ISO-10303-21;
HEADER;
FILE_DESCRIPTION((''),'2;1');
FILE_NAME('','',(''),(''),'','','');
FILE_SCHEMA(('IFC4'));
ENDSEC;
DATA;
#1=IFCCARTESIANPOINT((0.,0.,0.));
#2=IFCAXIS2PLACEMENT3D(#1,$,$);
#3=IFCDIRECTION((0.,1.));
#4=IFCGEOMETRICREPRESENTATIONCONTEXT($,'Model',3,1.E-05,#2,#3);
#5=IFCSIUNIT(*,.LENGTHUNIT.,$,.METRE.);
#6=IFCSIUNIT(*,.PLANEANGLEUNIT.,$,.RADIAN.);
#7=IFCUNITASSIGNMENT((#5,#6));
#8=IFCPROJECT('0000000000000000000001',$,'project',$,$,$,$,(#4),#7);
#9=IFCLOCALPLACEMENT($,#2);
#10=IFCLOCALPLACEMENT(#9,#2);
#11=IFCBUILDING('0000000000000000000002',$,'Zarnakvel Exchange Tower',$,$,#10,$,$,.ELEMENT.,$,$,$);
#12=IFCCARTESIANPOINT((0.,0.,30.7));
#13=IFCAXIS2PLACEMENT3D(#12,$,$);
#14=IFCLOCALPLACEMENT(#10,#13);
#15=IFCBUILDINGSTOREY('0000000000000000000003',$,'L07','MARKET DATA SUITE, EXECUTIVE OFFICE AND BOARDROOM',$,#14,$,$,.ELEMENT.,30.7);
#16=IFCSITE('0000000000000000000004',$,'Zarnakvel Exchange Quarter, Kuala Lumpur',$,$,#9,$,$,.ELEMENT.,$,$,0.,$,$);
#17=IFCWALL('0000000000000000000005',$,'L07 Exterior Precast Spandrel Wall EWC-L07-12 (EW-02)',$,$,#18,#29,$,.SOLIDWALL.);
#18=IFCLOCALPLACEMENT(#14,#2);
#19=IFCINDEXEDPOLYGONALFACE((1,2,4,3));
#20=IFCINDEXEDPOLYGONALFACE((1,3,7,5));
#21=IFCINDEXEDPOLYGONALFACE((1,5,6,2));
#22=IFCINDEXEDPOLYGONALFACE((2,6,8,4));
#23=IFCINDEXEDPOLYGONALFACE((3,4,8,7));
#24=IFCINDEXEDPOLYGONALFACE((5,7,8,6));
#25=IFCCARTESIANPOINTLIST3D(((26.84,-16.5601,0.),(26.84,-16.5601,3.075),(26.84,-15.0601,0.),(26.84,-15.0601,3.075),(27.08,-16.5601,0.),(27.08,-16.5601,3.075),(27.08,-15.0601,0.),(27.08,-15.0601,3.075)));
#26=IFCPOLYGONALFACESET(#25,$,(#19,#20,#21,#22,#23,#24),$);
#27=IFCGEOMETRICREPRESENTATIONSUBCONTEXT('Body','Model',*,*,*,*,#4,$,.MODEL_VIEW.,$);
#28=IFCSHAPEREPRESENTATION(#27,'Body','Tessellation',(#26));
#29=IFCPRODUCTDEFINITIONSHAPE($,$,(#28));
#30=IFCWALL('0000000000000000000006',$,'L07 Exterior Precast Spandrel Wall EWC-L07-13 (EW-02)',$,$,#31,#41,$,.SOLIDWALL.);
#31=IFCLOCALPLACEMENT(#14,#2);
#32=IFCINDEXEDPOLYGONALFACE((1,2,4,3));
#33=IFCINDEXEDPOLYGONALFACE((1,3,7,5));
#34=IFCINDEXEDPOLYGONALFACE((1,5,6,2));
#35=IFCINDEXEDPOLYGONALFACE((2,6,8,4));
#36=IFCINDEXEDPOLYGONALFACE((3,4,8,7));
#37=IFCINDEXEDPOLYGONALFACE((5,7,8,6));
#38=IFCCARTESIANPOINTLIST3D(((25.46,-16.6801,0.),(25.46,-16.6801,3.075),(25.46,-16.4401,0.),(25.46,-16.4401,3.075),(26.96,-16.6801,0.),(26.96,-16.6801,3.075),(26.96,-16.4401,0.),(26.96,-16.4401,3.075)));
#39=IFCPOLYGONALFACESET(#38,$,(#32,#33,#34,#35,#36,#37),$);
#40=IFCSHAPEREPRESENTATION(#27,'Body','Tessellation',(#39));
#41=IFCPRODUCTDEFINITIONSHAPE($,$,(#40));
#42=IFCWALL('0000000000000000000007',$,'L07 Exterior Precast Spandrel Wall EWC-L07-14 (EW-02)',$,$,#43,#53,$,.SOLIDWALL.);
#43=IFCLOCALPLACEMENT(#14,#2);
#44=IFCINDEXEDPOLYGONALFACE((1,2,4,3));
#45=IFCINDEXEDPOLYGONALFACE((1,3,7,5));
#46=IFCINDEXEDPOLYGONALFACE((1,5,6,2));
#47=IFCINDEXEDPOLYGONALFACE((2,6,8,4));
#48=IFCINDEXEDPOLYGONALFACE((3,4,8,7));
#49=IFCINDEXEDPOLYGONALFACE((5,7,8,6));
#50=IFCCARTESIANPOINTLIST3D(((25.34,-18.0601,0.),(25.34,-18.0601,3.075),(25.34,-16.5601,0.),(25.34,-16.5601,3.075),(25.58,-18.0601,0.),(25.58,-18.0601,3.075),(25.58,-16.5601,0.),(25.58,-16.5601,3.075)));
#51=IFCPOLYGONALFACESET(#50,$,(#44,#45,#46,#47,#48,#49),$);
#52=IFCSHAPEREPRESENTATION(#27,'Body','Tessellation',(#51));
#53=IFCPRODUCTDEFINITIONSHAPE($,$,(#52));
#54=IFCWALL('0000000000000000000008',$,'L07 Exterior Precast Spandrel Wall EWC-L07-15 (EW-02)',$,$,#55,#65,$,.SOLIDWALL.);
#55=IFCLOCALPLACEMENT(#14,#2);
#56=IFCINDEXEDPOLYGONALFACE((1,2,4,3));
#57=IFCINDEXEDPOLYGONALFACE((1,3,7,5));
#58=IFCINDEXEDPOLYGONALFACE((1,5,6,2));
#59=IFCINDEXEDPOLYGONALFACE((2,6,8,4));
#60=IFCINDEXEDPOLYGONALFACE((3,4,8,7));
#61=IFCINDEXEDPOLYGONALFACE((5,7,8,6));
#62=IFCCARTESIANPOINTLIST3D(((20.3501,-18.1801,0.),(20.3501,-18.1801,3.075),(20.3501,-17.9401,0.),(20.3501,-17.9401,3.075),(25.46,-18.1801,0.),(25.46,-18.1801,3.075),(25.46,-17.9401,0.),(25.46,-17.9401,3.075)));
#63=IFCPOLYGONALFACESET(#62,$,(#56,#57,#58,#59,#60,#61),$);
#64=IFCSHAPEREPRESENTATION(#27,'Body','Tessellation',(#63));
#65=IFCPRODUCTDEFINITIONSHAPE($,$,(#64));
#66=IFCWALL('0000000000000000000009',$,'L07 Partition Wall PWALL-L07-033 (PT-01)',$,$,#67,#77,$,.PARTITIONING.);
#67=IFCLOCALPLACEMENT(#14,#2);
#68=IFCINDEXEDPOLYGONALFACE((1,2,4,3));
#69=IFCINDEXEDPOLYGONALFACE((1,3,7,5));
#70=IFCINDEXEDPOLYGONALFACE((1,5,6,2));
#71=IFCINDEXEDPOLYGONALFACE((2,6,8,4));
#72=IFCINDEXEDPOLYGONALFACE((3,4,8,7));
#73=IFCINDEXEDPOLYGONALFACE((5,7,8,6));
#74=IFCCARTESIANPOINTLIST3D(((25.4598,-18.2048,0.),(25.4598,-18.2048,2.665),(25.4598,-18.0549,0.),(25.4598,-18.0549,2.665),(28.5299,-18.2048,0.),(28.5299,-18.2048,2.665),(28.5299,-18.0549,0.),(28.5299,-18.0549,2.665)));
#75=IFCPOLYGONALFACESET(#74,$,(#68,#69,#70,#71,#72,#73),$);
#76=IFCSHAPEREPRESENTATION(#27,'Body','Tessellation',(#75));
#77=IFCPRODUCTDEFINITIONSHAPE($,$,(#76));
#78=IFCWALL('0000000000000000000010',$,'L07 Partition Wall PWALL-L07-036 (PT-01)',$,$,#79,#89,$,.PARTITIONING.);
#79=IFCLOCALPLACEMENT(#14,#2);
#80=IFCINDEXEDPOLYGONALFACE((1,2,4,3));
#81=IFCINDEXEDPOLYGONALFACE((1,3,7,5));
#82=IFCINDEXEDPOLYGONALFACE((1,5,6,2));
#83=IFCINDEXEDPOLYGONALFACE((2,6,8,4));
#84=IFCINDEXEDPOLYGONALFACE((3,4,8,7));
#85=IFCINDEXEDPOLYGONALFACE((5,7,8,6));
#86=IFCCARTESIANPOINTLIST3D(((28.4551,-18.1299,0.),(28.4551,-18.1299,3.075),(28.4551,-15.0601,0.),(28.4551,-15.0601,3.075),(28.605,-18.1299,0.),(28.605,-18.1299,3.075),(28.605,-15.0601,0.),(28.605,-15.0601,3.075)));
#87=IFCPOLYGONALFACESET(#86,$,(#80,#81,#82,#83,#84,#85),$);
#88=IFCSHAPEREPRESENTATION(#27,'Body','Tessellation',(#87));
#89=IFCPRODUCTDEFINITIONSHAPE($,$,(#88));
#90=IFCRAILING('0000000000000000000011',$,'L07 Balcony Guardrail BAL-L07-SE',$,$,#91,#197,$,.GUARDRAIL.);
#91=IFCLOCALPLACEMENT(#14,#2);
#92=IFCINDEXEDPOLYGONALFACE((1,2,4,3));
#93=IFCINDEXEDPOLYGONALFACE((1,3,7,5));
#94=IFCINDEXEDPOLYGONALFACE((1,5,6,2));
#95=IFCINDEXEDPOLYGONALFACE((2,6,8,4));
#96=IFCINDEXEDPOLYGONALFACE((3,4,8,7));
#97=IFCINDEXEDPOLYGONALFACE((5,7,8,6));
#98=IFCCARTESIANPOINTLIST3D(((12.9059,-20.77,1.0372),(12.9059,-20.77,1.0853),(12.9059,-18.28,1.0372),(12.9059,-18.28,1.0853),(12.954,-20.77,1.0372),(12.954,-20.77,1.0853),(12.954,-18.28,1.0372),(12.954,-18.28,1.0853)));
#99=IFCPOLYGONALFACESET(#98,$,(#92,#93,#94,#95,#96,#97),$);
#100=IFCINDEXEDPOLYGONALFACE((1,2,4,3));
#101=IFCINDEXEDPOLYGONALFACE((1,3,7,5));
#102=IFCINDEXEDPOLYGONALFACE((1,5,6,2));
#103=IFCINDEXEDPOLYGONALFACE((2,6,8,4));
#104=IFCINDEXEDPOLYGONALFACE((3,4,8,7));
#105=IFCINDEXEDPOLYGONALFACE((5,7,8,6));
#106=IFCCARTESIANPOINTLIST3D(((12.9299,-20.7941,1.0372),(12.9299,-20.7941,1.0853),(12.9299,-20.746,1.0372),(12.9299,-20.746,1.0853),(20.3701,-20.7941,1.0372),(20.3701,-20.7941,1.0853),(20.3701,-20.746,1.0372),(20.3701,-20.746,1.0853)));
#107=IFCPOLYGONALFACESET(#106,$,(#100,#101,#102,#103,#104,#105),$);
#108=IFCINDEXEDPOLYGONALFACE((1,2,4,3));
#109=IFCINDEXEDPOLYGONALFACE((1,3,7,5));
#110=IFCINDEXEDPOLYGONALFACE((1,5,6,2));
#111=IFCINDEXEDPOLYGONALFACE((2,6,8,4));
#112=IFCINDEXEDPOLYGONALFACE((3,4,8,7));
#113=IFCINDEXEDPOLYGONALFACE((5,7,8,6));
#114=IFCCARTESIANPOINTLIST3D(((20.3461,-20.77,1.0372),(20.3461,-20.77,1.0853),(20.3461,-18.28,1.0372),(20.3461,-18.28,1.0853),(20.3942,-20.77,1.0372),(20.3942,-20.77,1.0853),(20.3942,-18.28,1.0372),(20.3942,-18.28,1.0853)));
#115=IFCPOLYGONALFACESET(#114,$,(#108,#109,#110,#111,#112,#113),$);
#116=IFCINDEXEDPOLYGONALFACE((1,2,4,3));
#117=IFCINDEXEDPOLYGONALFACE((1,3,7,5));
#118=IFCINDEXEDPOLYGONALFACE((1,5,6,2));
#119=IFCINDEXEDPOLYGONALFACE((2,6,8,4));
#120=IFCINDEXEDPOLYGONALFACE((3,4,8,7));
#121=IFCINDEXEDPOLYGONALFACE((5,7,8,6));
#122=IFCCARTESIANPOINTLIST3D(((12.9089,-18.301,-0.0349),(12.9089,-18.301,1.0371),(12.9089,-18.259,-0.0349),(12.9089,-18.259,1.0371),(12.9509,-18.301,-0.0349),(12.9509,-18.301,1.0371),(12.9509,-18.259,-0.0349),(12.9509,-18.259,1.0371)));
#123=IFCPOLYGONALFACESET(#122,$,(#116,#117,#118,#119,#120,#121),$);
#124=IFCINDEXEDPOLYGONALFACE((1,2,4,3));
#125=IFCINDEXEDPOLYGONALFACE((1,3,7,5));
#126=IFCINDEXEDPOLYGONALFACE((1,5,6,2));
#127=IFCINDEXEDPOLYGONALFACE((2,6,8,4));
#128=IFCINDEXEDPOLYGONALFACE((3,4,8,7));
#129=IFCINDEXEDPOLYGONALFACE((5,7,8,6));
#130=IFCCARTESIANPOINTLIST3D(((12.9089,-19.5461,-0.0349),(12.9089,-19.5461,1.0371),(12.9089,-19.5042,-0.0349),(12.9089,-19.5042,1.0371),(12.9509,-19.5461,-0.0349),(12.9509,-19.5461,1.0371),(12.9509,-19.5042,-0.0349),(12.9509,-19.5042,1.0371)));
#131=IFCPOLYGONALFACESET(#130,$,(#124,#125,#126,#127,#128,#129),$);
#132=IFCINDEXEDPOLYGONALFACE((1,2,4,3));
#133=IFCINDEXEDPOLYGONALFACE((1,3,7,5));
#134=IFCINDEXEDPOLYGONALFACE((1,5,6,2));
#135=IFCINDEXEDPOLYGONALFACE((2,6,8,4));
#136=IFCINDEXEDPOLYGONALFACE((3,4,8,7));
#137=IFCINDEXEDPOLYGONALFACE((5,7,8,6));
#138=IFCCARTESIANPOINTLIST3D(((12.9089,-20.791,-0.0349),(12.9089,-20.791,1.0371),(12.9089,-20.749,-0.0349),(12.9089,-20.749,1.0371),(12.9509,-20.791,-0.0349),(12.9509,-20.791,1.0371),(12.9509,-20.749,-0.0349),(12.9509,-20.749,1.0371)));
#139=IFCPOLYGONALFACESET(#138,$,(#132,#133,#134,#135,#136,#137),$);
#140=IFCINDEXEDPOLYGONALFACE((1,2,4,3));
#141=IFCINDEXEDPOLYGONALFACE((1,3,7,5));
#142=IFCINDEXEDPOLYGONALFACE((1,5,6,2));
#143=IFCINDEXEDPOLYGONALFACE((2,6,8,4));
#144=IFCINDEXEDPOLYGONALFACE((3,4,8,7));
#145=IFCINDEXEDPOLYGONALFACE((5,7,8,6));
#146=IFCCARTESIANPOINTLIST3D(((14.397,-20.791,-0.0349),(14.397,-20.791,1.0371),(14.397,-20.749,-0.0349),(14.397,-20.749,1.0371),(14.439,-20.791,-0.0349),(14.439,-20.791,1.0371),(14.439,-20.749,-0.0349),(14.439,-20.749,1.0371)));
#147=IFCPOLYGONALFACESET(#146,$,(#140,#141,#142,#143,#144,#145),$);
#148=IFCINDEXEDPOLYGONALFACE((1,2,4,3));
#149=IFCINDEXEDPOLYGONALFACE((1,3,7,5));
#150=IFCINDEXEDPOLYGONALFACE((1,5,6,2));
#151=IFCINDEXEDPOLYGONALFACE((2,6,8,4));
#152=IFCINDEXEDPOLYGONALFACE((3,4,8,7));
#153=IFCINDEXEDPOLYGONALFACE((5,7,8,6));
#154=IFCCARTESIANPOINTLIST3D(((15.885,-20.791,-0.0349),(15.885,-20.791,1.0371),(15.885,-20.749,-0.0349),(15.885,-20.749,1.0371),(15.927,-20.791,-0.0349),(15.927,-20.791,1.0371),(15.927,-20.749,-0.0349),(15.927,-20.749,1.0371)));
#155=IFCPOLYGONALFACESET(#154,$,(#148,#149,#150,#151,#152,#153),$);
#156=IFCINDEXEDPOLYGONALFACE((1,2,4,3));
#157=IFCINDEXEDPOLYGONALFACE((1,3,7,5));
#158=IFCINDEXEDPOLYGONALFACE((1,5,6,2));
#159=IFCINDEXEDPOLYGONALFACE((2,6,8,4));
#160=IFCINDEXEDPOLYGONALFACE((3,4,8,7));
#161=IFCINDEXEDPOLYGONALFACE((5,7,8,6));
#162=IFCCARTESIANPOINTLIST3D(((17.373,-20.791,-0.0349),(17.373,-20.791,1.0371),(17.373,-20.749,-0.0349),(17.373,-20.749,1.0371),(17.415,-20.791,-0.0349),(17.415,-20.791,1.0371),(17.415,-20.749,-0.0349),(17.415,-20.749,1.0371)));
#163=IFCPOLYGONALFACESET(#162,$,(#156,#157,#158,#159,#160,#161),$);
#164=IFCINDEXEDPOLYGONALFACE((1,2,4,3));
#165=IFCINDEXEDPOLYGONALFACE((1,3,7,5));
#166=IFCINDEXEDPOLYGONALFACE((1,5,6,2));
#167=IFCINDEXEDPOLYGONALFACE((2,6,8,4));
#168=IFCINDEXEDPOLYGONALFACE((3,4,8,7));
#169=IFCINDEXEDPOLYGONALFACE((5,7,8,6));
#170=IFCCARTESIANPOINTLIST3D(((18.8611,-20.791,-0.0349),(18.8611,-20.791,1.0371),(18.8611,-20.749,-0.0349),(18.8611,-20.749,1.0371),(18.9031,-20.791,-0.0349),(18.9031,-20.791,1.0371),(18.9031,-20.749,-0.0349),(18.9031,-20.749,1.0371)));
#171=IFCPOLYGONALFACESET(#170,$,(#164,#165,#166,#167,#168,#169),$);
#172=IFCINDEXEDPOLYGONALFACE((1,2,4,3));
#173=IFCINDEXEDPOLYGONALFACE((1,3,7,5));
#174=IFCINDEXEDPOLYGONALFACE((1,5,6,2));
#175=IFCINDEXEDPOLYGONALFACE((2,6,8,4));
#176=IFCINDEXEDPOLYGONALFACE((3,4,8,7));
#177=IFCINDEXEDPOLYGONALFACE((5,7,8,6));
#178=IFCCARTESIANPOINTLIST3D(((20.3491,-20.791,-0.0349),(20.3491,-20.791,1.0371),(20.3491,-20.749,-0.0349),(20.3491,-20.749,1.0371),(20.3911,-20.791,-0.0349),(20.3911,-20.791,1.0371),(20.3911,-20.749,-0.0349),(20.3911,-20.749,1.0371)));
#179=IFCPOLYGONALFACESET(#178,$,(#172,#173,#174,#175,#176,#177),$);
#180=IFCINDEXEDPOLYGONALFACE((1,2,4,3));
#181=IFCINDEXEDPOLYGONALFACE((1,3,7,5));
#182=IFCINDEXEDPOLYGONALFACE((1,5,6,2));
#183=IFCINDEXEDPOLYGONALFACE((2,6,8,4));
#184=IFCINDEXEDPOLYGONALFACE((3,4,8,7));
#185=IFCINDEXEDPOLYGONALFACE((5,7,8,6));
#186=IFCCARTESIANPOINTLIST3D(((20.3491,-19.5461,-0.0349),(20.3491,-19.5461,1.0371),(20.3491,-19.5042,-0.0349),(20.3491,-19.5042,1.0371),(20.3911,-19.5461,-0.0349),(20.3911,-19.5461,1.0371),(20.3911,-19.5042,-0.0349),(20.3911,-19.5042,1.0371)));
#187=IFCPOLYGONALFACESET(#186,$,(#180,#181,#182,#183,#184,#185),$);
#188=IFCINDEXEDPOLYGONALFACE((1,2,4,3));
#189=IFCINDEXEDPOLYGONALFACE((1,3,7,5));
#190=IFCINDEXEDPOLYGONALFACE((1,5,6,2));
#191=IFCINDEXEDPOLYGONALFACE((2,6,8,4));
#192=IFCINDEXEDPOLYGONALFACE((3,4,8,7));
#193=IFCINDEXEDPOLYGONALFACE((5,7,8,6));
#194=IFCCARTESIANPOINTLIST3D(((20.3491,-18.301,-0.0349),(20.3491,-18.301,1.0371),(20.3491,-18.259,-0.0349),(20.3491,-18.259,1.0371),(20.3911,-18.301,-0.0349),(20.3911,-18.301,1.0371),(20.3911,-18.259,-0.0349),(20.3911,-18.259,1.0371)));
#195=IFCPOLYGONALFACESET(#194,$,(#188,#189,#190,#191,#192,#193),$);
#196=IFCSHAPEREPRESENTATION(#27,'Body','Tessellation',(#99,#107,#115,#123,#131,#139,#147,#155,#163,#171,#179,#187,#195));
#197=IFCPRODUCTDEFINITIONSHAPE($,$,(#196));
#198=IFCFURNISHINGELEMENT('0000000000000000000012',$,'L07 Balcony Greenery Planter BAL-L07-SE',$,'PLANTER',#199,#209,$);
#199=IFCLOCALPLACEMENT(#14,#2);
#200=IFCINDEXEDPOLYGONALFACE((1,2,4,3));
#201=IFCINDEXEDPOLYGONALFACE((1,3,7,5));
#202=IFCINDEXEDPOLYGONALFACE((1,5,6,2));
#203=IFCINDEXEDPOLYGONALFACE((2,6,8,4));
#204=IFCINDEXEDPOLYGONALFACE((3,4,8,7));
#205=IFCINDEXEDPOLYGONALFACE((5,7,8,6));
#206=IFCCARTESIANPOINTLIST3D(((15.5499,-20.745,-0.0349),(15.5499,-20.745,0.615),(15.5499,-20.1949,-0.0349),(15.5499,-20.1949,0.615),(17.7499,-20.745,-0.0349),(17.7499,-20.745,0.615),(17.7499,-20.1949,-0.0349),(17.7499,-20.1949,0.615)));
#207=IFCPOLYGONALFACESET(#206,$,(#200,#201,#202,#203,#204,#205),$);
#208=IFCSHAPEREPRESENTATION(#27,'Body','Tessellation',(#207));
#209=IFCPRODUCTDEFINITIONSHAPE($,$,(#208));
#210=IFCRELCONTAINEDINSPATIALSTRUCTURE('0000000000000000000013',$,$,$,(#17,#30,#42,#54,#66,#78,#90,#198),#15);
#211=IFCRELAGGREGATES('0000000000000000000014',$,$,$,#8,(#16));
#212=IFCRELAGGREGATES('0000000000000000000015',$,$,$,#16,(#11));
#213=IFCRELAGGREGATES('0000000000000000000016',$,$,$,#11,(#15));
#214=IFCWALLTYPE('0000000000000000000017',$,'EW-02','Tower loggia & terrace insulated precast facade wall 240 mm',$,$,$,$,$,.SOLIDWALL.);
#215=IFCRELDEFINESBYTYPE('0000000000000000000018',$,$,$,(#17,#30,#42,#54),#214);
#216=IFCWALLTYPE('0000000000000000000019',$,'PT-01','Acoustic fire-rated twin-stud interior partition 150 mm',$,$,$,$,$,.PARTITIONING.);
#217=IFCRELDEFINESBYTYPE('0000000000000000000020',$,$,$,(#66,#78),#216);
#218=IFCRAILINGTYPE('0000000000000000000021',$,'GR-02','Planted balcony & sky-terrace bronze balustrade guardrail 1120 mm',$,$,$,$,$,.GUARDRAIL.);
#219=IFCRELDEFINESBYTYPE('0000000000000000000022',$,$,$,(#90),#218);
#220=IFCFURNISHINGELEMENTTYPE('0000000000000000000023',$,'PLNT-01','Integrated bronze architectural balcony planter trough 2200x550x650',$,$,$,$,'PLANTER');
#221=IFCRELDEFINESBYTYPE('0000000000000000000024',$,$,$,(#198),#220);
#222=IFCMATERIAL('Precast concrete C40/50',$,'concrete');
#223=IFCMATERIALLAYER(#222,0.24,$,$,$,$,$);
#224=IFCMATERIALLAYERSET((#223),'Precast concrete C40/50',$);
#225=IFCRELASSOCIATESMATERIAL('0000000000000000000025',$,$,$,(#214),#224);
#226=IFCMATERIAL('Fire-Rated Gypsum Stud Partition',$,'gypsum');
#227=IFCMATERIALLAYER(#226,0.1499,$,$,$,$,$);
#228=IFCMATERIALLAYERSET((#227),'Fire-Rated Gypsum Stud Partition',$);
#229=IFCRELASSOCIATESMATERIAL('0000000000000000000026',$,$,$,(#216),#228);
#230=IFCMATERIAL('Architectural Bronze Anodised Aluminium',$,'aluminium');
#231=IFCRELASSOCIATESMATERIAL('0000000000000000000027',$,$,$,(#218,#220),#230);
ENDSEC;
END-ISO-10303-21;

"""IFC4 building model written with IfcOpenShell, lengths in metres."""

from ifc_helpers import new_model, si_unit, direction, frame, frame_2d, origin, origin_2d, place, context, subcontext, project, spatial, rectangle, extrude, source, transform, mapped, material, layer, layer_set, type_object, element, save


model = new_model("IFC4")

# Units and contexts
model_context = context("Model", 3, precision=1e-05, world=origin(), true_north=direction((0.0, 1.0)))
body_context = subcontext(model_context, "Body", "Model", "MODEL_VIEW")
ifc_project = project(units=[si_unit("LENGTHUNIT", "METRE"), si_unit("PLANEANGLEUNIT", "RADIAN")], contexts=[model_context])

# Site, building, storey
site_placement = place(None, origin())
site = spatial("IfcSite", under=ifc_project, at=site_placement, Name="Zarnakvel Exchange Quarter, Kuala Lumpur", CompositionType="ELEMENT", RefElevation=0.0)
building_placement = place(site_placement, origin())
building = spatial("IfcBuilding", under=site, at=building_placement, Name="Zarnakvel Exchange Tower", CompositionType="ELEMENT")
storey_placement = place(building_placement, frame((0.0, 0.0, 30.7)))
storey = spatial("IfcBuildingStorey", under=building, at=storey_placement, Name="L07", Description="MARKET DATA SUITE, EXECUTIVE OFFICE AND BOARDROOM", CompositionType="ELEMENT", Elevation=30.7)

# Shared definitions
ifc_material_1 = material(Name="Precast concrete C40/50", Category="concrete")
ifc_layer_1 = layer(ifc_material_1, 0.24)
ifc_layer_set_1 = layer_set([ifc_layer_1], Name="Precast concrete C40/50")
wall_type_1 = type_object("IfcWallType", Name="EW-02", Description="Tower loggia & terrace insulated precast facade wall 240 mm", PredefinedType="SOLIDWALL", material=ifc_layer_set_1)
ifc_material_2 = material(Name="Architectural Bronze Anodised Aluminium", Category="aluminium")

# Walls
for number, where, z_axis, x_axis, name in (
    (1, (26.96, -16.5601, 0.0), (0.0, 0.0, 1.0), (0.0, 1.0, 0.0), "L07 Exterior Precast Spandrel Wall EWC-L07-12 (EW-02)"),
    (2, (25.46, -16.5601, 0.0), (0.0, 0.0, 1.0), (1.0, 0.0, 0.0), "L07 Exterior Precast Spandrel Wall EWC-L07-13 (EW-02)"),
    (3, (25.46, -18.0601, 0.0), (0.0, 0.0, 1.0), (0.0, 1.0, 0.0), "L07 Exterior Precast Spandrel Wall EWC-L07-14 (EW-02)"),
):
    element("IfcWall", number, at=place(storey_placement, frame(where, z_axis=z_axis, x_axis=x_axis)), inside=storey, type_object=wall_type_1, Name=name, PredefinedType="SOLIDWALL", context=body_context, shape_type="SweptSolid", body=[
        extrude(rectangle(XDim=1.5, YDim=0.24, at=frame_2d((0.75, 0.0))), origin(), (0.0, 0.0, 1.0), 3.075),
    ])
wall_1_placement = place(storey_placement, frame((20.3501, -18.0601, 0.0), z_axis=(0.0, 0.0, 1.0), x_axis=(1.0, 0.0, 0.0)))
element("IfcWall", 4, at=wall_1_placement, inside=storey, type_object=wall_type_1, Name="L07 Exterior Precast Spandrel Wall EWC-L07-15 (EW-02)", PredefinedType="SOLIDWALL", context=body_context, shape_type="SweptSolid", body=[
    extrude(rectangle(XDim=5.1099, YDim=0.24, at=frame_2d((2.5549, 0.0))), origin(), (0.0, 0.0, 1.0), 3.075),
])
ifc_material_3 = material(Name="Fire-Rated Gypsum Stud Partition", Category="gypsum")
ifc_layer_2 = layer(ifc_material_3, 0.1499)
ifc_layer_set_2 = layer_set([ifc_layer_2], Name="Fire-Rated Gypsum Stud Partition")
wall_type_2 = type_object("IfcWallType", Name="PT-01", Description="Acoustic fire-rated twin-stud interior partition 150 mm", PredefinedType="PARTITIONING", material=ifc_layer_set_2)
wall_2_placement = place(storey_placement, frame((28.53, -18.1299, 0.0), z_axis=(0.0, 0.0, 1.0), x_axis=(-1.0, 0.0, 0.0)))
element("IfcWall", 5, at=wall_2_placement, inside=storey, type_object=wall_type_2, Name="L07 Partition Wall PWALL-L07-033 (PT-01)", PredefinedType="PARTITIONING", context=body_context, shape_type="SweptSolid", body=[
    extrude(rectangle(XDim=3.0701, YDim=0.1499, at=frame_2d((1.5352, 0.0))), origin(), (0.0, 0.0, 1.0), 2.665),
])
wall_3_placement = place(storey_placement, frame((28.53, -15.0601, 0.0), z_axis=(0.0, 0.0, 1.0), x_axis=(0.0, -1.0, 0.0)))
element("IfcWall", 6, at=wall_3_placement, inside=storey, type_object=wall_type_2, Name="L07 Partition Wall PWALL-L07-036 (PT-01)", PredefinedType="PARTITIONING", context=body_context, shape_type="SweptSolid", body=[
    extrude(rectangle(XDim=3.0698, YDim=0.1499, at=frame_2d((1.5349, 0.0))), origin(), (0.0, 0.0, 1.0), 3.075),
])

# Railing
railing_type = type_object("IfcRailingType", Name="GR-02", Description="Planted balcony & sky-terrace bronze balustrade guardrail 1120 mm", PredefinedType="GUARDRAIL", material=ifc_material_2)
railing_placement = place(storey_placement, frame((12.9299, -18.28, -0.0349)))
element("IfcRailing", 7, at=railing_placement, inside=storey, type_object=railing_type, Name="L07 Balcony Guardrail BAL-L07-SE", PredefinedType="GUARDRAIL", context=body_context, shape_type="SweptSolid", body=[
    extrude(rectangle(XDim=0.0481, YDim=0.0481, at=origin_2d()), frame((0.0, 0.0, 1.0962), z_axis=(0.0, -1.0, 0.0), x_axis=(1.0, 0.0, 0.0)), (0.0, 0.0, 1.0), 2.49),
    extrude(rectangle(XDim=0.0481, YDim=0.0481, at=origin_2d()), frame((0.0, -2.49, 1.0962), z_axis=(1.0, 0.0, 0.0), x_axis=(0.0, 1.0, 0.0)), (0.0, 0.0, 1.0), 7.4402),
    extrude(rectangle(XDim=0.0481, YDim=0.0481, at=origin_2d()), frame((7.4402, -2.49, 1.0962), z_axis=(0.0, 1.0, 0.0), x_axis=(-1.0, 0.0, 0.0)), (0.0, 0.0, 1.0), 2.49),
    extrude(rectangle(XDim=0.042, YDim=0.042, at=origin_2d()), origin(), (0.0, 0.0, 1.0), 1.072),
    extrude(rectangle(XDim=0.042, YDim=0.042, at=origin_2d()), frame((0.0, -1.2451, 0.0)), (0.0, 0.0, 1.0), 1.072),
    extrude(rectangle(XDim=0.042, YDim=0.042, at=origin_2d()), frame((0.0, -2.49, 0.0)), (0.0, 0.0, 1.0), 1.072),
    extrude(rectangle(XDim=0.042, YDim=0.042, at=origin_2d()), frame((1.488, -2.49, 0.0)), (0.0, 0.0, 1.0), 1.072),
    extrude(rectangle(XDim=0.042, YDim=0.042, at=origin_2d()), frame((2.9761, -2.49, 0.0)), (0.0, 0.0, 1.0), 1.072),
    extrude(rectangle(XDim=0.042, YDim=0.042, at=origin_2d()), frame((4.4641, -2.49, 0.0)), (0.0, 0.0, 1.0), 1.072),
    extrude(rectangle(XDim=0.042, YDim=0.042, at=origin_2d()), frame((5.9521, -2.49, 0.0)), (0.0, 0.0, 1.0), 1.072),
    extrude(rectangle(XDim=0.042, YDim=0.042, at=origin_2d()), frame((7.4402, -2.49, 0.0)), (0.0, 0.0, 1.0), 1.072),
    extrude(rectangle(XDim=0.042, YDim=0.042, at=origin_2d()), frame((7.4402, -1.2451, 0.0)), (0.0, 0.0, 1.0), 1.072),
    extrude(rectangle(XDim=0.042, YDim=0.042, at=origin_2d()), frame((7.4402, 0.0, 0.0)), (0.0, 0.0, 1.0), 1.072),
])

# Furnishing element
furnishing_element_type = type_object("IfcFurnishingElementType", Name="PLNT-01", Description="Integrated bronze architectural balcony planter trough 2200x550x650", ElementType="PLANTER", material=ifc_material_2)
shared_shape_1 = source(origin(), body_context, "Body", "SweptSolid", [
    extrude(rectangle(XDim=2.2, YDim=0.55, at=origin_2d()), origin(), (0.0, 0.0, 1.0), 0.6499),
])
furnishing_placement = place(storey_placement, frame((16.6499, -20.47, -0.0349), z_axis=(0.0, 0.0, 1.0), x_axis=(1.0, 0.0, 0.0)))
element("IfcFurnishingElement", 8, at=furnishing_placement, inside=storey, type_object=furnishing_element_type, Name="L07 Balcony Greenery Planter BAL-L07-SE", ObjectType="PLANTER", context=body_context, shape_type="MappedRepresentation", body=[
    mapped(shared_shape_1, transform((0.0, 0.0, 0.0), x_axis=(1.0, 0.0, 0.0), y_axis=(0.0, 1.0, 0.0), z_axis=(0.0, 0.0, 1.0), scale=1.0)),
])

save(model, "model.ifc")
